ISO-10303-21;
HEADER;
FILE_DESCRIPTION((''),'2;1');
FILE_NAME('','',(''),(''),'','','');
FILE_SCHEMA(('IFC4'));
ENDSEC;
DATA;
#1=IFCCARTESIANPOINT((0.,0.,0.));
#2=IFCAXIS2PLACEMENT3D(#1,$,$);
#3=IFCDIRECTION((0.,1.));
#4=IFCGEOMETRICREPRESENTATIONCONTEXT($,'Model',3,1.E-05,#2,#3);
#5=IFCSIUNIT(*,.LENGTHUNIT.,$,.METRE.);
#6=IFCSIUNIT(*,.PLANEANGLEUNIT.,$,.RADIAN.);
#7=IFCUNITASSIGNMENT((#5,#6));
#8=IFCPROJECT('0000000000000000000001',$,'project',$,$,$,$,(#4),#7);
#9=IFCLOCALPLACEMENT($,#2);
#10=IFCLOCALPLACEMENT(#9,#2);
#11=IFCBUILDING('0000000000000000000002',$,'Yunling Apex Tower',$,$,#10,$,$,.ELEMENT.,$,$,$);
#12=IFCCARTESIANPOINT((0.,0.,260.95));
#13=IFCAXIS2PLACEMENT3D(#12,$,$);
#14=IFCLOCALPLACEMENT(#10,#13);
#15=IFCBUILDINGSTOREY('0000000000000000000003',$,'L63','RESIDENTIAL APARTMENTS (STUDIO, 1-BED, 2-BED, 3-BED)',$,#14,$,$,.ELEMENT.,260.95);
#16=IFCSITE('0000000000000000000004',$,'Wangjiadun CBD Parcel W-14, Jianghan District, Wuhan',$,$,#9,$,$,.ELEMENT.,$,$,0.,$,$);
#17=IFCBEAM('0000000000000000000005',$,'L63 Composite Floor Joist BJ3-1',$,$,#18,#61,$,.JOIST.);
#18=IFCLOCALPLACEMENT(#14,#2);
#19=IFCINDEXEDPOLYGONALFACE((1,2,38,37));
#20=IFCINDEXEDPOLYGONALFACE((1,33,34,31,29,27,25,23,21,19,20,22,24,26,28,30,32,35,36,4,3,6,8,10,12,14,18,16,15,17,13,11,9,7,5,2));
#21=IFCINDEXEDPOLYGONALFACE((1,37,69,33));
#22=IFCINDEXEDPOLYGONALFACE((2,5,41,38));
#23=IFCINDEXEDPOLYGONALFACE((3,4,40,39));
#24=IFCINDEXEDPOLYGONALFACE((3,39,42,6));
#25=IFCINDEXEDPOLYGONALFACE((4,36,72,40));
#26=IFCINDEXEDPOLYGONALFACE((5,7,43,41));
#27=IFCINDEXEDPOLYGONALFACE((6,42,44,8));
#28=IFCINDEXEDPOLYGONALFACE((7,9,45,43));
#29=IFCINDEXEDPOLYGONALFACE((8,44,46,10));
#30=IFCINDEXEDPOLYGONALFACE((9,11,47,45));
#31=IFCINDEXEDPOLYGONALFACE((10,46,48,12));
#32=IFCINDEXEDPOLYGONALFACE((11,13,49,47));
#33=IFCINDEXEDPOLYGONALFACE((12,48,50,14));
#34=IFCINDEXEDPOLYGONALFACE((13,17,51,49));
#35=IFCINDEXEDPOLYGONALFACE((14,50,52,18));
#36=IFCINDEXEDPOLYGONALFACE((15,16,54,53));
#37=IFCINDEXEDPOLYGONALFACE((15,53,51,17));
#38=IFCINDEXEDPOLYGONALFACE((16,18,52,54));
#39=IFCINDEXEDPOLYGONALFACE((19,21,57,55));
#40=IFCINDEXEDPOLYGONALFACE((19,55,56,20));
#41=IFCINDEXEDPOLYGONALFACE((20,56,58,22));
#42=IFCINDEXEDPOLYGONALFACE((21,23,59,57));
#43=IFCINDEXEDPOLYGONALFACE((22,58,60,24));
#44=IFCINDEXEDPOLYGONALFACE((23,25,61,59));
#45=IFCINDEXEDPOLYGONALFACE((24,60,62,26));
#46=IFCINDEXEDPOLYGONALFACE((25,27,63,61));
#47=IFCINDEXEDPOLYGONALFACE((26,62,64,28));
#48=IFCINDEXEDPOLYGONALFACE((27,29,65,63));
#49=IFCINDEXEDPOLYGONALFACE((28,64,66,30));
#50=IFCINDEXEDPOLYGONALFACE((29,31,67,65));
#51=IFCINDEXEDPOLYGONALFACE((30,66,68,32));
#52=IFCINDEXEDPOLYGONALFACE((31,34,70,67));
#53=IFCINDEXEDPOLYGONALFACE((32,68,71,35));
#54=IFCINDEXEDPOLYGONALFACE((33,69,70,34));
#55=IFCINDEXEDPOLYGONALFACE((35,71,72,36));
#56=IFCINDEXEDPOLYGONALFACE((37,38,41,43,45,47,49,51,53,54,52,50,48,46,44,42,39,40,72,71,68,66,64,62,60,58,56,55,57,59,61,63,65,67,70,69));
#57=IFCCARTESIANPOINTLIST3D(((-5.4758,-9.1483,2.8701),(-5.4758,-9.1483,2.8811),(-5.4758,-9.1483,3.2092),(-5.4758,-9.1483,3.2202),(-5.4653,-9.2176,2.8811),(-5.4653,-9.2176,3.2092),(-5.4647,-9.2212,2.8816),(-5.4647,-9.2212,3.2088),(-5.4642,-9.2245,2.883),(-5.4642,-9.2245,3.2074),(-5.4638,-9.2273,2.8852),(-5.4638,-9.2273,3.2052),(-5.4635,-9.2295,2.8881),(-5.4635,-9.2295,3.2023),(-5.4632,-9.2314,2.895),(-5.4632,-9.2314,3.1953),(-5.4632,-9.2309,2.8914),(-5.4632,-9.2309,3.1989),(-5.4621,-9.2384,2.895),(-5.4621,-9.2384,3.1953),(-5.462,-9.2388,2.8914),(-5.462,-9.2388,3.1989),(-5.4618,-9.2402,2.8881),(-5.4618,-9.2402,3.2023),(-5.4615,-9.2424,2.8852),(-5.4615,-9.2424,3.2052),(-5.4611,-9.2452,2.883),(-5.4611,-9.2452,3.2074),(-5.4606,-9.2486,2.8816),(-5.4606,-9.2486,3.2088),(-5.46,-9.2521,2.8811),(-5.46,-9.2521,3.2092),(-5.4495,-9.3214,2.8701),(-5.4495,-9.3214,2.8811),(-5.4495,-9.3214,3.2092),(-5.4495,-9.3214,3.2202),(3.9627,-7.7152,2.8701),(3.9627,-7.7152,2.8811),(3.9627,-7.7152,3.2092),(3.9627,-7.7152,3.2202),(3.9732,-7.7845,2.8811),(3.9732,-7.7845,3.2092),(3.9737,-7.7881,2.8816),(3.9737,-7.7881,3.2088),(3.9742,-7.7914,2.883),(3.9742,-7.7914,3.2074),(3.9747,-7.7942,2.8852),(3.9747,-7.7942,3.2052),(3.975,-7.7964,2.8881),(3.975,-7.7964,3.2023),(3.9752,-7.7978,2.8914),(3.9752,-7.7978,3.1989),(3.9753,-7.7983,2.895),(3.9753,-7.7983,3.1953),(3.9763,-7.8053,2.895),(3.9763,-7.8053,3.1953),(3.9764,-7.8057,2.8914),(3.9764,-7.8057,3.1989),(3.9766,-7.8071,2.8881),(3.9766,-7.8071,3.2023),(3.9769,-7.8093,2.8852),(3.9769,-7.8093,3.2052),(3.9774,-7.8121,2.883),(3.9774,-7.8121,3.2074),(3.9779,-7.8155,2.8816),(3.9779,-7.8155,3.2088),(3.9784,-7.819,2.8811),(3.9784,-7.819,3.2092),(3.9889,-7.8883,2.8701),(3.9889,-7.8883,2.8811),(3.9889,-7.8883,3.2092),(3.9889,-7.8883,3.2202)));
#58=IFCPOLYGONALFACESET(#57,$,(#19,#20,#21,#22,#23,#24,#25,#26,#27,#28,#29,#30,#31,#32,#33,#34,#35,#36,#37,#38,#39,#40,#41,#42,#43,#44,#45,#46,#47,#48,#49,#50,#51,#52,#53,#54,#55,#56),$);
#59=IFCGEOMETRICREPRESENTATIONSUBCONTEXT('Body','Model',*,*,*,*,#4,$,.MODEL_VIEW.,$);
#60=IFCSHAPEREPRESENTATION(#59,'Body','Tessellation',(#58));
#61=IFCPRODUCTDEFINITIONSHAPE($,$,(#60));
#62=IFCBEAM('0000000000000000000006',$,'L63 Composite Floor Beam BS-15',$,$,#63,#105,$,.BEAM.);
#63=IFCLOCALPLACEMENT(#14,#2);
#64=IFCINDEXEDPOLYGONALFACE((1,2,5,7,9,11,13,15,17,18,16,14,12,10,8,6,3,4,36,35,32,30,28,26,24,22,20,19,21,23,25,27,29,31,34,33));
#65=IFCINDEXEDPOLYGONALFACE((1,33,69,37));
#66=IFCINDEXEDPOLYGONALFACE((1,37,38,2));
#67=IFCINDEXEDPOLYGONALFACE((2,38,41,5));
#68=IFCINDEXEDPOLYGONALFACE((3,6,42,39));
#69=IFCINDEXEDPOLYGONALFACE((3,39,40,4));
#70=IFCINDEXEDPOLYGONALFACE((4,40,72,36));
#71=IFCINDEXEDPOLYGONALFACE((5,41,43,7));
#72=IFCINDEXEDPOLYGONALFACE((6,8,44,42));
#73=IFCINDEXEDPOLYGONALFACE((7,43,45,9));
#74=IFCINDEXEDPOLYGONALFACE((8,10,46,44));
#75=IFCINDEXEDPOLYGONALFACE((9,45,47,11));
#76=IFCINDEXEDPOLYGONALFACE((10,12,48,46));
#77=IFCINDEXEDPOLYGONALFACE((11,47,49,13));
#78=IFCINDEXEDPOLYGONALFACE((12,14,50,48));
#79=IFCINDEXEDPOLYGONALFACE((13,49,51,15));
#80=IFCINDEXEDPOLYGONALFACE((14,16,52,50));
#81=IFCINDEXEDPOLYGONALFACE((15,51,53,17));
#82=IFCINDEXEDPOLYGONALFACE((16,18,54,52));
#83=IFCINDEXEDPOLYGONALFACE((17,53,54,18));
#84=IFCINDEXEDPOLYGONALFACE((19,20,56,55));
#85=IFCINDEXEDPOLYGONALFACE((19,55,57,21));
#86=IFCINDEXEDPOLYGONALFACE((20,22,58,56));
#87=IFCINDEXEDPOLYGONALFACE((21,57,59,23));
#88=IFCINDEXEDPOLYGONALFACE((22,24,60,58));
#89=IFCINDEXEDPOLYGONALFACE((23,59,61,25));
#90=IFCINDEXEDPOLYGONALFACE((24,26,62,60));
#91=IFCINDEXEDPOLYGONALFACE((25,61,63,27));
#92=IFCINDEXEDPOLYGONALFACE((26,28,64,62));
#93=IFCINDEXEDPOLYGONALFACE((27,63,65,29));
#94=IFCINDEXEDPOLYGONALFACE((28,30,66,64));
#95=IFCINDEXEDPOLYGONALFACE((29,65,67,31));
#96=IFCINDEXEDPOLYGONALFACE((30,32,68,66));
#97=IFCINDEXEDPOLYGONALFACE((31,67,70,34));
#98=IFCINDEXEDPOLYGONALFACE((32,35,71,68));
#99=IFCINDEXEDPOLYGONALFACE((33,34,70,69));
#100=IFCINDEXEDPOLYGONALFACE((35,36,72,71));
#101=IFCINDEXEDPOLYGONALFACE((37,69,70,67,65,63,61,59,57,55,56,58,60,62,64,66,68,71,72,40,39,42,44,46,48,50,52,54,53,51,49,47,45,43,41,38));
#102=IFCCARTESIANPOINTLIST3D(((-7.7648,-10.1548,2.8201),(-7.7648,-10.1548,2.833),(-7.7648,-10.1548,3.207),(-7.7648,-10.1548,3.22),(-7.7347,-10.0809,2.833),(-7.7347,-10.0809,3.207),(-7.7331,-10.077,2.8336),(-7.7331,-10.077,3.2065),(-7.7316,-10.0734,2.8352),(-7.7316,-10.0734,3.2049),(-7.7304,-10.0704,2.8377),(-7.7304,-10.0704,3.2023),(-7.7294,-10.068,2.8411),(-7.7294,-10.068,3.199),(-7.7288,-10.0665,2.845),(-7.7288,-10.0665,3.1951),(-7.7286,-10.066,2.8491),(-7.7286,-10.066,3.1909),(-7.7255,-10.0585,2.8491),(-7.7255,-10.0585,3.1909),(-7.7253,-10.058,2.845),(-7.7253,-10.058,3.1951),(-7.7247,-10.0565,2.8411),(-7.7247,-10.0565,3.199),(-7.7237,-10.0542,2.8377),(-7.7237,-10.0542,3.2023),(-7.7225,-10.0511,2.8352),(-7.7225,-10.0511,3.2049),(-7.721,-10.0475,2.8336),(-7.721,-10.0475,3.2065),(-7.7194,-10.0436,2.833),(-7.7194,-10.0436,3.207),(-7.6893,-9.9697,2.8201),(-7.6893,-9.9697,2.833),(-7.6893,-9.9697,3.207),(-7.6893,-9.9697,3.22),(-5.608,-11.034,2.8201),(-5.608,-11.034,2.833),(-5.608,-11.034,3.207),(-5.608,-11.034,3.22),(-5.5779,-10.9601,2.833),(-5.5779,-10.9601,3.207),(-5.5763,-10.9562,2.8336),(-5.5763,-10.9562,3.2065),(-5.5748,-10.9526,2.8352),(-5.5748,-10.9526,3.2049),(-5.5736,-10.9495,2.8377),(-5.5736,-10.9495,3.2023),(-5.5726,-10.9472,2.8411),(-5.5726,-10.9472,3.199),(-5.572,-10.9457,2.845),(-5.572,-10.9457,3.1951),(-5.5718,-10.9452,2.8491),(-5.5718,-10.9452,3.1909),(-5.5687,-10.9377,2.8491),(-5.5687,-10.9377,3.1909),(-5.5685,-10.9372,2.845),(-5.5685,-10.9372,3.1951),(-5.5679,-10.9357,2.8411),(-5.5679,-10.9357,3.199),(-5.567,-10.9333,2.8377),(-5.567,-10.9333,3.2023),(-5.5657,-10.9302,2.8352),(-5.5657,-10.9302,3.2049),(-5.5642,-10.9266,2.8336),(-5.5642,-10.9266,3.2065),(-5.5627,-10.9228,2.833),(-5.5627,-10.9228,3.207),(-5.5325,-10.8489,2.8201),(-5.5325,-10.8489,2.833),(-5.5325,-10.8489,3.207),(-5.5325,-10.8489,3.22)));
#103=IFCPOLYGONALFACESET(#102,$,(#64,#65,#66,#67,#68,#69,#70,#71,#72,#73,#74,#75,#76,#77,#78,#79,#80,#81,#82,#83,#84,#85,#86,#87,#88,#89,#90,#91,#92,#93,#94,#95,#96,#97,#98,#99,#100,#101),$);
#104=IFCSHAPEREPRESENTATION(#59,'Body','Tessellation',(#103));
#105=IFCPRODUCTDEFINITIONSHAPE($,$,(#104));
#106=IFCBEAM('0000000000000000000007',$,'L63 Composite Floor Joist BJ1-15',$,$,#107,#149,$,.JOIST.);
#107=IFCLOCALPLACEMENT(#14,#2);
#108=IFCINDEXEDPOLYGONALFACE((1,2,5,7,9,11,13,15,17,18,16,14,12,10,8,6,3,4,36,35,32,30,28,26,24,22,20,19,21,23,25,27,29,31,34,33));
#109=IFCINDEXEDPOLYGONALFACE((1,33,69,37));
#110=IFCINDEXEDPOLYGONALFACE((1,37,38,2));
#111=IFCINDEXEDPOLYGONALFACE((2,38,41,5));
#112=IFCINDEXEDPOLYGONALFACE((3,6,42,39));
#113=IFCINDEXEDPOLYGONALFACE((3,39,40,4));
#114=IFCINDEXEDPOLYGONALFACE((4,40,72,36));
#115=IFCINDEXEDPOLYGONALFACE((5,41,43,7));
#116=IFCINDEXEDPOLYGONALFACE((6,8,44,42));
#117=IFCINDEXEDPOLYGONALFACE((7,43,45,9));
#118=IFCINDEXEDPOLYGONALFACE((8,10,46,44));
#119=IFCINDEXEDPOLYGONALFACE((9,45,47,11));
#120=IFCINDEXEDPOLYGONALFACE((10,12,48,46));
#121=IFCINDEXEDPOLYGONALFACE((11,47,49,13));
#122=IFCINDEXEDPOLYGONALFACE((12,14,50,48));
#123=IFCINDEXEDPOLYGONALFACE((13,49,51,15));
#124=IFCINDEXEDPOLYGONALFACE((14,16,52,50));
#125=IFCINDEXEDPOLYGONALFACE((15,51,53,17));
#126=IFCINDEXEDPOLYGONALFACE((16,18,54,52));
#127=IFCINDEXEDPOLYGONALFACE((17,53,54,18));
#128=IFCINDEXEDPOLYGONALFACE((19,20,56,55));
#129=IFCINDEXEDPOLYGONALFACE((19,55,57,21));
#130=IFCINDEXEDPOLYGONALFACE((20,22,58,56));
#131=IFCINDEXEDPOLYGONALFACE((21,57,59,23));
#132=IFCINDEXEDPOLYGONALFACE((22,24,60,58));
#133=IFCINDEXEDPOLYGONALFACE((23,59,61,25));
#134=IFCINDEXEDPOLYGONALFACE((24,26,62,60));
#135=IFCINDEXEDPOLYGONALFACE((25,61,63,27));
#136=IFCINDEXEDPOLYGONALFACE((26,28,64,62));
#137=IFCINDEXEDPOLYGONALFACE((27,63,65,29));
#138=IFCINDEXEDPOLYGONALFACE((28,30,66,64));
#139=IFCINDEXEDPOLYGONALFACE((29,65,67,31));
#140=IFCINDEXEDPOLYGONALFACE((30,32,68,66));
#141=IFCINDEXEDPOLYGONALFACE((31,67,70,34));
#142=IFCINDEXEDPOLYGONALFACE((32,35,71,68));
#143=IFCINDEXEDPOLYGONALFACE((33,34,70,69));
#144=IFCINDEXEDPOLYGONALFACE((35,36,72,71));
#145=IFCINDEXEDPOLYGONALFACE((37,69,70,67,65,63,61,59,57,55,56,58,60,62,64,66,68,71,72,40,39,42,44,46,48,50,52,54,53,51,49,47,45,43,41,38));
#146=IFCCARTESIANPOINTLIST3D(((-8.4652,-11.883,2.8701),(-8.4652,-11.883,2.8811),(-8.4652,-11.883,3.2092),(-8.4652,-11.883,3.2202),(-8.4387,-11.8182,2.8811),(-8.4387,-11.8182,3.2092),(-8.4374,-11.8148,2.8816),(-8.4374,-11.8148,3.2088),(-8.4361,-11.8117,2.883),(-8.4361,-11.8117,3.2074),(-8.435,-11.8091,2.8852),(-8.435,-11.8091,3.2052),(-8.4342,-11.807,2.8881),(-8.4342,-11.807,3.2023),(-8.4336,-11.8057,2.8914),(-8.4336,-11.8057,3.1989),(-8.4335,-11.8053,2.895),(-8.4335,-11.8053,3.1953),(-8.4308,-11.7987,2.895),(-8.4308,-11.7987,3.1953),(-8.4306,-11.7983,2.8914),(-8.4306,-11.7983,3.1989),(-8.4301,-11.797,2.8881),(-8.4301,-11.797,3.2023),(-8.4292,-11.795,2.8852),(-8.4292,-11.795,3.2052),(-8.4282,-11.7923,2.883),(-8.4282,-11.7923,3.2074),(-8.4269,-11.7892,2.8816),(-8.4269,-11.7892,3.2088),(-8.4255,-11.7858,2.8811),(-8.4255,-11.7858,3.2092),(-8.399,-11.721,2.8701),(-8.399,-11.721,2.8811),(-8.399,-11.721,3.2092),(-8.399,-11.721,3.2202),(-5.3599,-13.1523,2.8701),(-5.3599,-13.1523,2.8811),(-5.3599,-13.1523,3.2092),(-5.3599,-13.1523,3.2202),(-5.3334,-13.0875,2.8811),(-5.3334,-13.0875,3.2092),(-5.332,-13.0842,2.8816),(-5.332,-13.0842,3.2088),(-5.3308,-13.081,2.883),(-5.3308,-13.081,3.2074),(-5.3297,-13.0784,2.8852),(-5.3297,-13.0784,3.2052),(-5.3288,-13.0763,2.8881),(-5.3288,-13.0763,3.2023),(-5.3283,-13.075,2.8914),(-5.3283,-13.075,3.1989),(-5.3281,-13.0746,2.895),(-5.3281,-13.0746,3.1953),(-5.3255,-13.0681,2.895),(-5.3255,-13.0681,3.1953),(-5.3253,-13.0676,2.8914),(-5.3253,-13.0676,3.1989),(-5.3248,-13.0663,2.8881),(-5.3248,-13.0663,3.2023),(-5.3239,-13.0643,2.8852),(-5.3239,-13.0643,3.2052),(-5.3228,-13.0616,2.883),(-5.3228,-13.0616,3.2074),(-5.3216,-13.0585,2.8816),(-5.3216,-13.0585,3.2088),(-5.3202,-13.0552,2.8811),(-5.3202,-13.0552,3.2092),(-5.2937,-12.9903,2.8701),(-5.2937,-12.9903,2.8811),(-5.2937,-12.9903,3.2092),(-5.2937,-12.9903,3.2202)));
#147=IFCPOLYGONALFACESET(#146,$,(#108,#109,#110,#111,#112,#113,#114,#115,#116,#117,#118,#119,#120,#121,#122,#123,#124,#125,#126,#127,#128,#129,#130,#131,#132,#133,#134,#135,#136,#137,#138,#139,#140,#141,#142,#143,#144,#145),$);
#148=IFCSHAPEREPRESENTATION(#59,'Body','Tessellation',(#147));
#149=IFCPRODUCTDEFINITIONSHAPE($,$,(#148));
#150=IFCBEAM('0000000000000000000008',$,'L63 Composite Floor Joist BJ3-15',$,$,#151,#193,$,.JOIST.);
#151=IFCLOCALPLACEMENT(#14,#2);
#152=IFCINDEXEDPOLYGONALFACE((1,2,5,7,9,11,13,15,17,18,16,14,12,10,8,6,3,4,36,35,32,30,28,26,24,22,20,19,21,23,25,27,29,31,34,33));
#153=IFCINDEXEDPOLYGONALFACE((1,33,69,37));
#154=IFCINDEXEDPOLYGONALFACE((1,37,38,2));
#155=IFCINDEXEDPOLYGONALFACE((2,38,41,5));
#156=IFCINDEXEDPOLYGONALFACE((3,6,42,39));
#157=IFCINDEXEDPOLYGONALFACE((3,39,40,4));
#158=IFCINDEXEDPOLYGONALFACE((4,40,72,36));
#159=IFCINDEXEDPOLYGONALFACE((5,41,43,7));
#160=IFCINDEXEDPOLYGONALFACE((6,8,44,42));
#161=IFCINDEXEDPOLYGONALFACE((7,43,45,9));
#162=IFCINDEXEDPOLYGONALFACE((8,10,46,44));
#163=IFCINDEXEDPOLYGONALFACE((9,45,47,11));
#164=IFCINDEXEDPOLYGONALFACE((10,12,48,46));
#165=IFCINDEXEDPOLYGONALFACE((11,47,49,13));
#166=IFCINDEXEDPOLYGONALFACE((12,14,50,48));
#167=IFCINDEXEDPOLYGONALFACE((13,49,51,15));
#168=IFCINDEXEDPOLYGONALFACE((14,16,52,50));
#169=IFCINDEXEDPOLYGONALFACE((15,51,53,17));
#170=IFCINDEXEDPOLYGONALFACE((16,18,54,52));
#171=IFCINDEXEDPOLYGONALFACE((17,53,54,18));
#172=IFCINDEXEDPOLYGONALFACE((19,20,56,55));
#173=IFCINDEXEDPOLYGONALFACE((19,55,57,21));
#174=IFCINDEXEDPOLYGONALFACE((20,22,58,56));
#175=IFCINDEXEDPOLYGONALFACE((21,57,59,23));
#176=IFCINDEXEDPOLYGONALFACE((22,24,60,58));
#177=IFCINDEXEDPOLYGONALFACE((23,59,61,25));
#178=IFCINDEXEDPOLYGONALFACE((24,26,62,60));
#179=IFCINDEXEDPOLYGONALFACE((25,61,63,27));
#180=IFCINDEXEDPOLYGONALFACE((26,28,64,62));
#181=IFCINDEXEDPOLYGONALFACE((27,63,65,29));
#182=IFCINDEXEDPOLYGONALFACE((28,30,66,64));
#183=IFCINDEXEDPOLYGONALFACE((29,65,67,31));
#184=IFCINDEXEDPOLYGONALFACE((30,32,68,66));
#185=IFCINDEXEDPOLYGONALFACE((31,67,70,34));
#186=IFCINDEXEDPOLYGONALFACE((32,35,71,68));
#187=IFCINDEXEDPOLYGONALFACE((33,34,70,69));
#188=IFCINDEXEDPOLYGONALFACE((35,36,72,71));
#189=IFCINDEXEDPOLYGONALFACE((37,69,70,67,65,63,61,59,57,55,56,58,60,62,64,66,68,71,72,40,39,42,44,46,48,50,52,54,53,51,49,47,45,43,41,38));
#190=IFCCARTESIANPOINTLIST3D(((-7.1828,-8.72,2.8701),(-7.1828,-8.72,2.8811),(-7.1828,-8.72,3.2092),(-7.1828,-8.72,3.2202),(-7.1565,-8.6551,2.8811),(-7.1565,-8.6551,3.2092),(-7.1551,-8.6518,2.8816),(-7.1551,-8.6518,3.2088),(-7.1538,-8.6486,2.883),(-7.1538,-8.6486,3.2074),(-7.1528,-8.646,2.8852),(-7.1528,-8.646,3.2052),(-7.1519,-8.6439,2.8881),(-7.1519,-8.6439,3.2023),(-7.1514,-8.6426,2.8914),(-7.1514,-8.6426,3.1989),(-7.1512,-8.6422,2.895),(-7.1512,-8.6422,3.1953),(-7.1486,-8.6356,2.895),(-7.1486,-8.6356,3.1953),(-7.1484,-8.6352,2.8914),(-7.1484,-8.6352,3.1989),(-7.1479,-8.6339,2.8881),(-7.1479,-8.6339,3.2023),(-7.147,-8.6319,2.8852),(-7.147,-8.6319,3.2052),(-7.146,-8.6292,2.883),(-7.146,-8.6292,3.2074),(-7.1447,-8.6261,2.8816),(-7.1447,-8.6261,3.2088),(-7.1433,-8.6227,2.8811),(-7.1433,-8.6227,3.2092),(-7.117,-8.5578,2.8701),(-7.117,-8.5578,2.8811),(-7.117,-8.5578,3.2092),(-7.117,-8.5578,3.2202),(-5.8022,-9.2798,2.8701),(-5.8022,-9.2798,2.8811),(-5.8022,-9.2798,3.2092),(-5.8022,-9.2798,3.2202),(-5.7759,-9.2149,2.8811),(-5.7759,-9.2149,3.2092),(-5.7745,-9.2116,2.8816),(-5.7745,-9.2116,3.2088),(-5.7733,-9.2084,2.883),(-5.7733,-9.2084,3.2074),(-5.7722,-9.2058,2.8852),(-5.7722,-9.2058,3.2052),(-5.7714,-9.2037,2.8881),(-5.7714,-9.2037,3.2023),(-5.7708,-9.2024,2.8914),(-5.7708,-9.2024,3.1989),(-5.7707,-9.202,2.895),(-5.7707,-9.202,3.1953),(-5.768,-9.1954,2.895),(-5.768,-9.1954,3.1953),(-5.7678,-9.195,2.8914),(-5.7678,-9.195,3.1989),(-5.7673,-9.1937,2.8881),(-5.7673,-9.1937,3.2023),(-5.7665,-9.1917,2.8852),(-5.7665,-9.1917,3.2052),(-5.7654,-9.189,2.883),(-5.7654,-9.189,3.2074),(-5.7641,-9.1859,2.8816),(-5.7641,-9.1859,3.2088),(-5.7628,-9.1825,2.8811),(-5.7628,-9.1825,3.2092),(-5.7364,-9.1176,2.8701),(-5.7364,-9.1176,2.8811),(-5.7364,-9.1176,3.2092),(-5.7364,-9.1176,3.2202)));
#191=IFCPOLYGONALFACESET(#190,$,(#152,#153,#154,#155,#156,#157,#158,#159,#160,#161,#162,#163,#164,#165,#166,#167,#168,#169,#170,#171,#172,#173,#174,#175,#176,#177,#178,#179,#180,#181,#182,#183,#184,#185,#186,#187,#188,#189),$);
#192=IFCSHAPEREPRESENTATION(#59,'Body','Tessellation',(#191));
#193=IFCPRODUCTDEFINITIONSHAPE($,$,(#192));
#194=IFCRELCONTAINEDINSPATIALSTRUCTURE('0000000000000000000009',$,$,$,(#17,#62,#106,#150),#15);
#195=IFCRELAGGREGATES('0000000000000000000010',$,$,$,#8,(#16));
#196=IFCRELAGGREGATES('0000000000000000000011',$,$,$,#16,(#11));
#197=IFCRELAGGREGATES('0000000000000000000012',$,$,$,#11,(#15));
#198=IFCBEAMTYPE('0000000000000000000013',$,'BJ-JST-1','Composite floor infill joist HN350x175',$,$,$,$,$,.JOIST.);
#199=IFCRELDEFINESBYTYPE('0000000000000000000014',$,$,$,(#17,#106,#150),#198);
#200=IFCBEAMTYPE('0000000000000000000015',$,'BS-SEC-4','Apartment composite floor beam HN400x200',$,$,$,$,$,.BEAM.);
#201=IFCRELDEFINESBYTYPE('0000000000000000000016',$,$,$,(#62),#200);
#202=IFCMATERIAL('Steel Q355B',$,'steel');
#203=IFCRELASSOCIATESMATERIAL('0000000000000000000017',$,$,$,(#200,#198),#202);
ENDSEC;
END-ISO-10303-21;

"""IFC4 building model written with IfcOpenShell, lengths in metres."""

from ifc_helpers import new_model, si_unit, direction, frame, origin, origin_2d, place, context, subcontext, project, spatial, i_section, extrude, source, transform, mapped, material, material_profile, profile_set, type_object, element, save


model = new_model("IFC4")

# Units and contexts
model_context = context("Model", 3, precision=1e-05, world=origin(), true_north=direction((0.0, 1.0)))
body_context = subcontext(model_context, "Body", "Model", "MODEL_VIEW")
ifc_project = project(units=[si_unit("LENGTHUNIT", "METRE"), si_unit("PLANEANGLEUNIT", "RADIAN")], contexts=[model_context])

# Site, building, storey
site_placement = place(None, origin())
site = spatial("IfcSite", under=ifc_project, at=site_placement, Name="Wangjiadun CBD Parcel W-14, Jianghan District, Wuhan", CompositionType="ELEMENT", RefElevation=0.0)
building_placement = place(site_placement, origin())
building = spatial("IfcBuilding", under=site, at=building_placement, Name="Yunling Apex Tower", CompositionType="ELEMENT")
storey_placement = place(building_placement, frame((0.0, 0.0, 260.95)))
storey = spatial("IfcBuildingStorey", under=building, at=storey_placement, Name="L63", Description="RESIDENTIAL APARTMENTS (STUDIO, 1-BED, 2-BED, 3-BED)", CompositionType="ELEMENT", Elevation=260.95)

# Shared definitions
ifc_material_1 = material(Name="Steel Q355B", Category="steel")

# Beams
ifc_material_profile_1 = material_profile(ifc_material_1, i_section(OverallWidth=0.2, OverallDepth=0.3999, WebThickness=0.0081, FlangeThickness=0.0129, FilletRadius=0.0161, at=origin_2d()))
ifc_profile_set_1 = profile_set([ifc_material_profile_1], Name="Steel Q355B")
beam_type_1 = type_object("IfcBeamType", Name="BS-SEC-4", Description="Apartment composite floor beam HN400x200", PredefinedType="BEAM", material=ifc_profile_set_1)
ifc_material_profile_2 = material_profile(ifc_material_1, i_section(OverallWidth=0.175, OverallDepth=0.3501, WebThickness=0.0071, FlangeThickness=0.011, FilletRadius=0.0139, at=origin_2d()))
ifc_profile_set_2 = profile_set([ifc_material_profile_2], Name="Steel Q355B")
beam_type_2 = type_object("IfcBeamType", Name="BJ-JST-1", Description="Composite floor infill joist HN350x175", PredefinedType="JOIST", material=ifc_profile_set_2)
shared_shape_1 = source(origin(), body_context, "Body", "SweptSolid", [
    extrude(i_section(OverallWidth=0.175, OverallDepth=0.3501, WebThickness=0.0071, FlangeThickness=0.011, FilletRadius=0.0139, at=origin_2d()), origin(), (0.0, 0.0, 1.0), 9.5466),
])
beam_1_placement = place(storey_placement, frame((-5.4626, -9.2349, 3.0452), z_axis=(0.988668, 0.150116, 0.0), x_axis=(-0.150116, 0.988668, 0.0)))
element("IfcBeam", 1, at=beam_1_placement, inside=storey, type_object=beam_type_2, Name="L63 Composite Floor Joist BJ3-1", PredefinedType="JOIST", context=body_context, shape_type="MappedRepresentation", body=[
    mapped(shared_shape_1, transform((0.0, 0.0, 0.0), scale=1.0)),
])
shared_shape_2 = source(origin(), body_context, "Body", "SweptSolid", [
    extrude(i_section(OverallWidth=0.2, OverallDepth=0.3999, WebThickness=0.0081, FlangeThickness=0.0129, FilletRadius=0.0161, at=origin_2d()), origin(), (0.0, 0.0, 1.0), 2.3291),
])
beam_2_placement = place(storey_placement, frame((-7.7271, -10.0623, 3.02), z_axis=(0.92602, -0.377473, 0.0), x_axis=(0.377473, 0.92602, 0.0)))
element("IfcBeam", 2, at=beam_2_placement, inside=storey, type_object=beam_type_1, Name="L63 Composite Floor Beam BS-15", PredefinedType="BEAM", context=body_context, shape_type="MappedRepresentation", body=[
    mapped(shared_shape_2, transform((0.0, 0.0, 0.0), scale=1.0)),
])
shared_shape_3 = source(origin(), body_context, "Body", "SweptSolid", [
    extrude(i_section(OverallWidth=0.175, OverallDepth=0.3501, WebThickness=0.0071, FlangeThickness=0.011, FilletRadius=0.0139, at=origin_2d()), origin(), (0.0, 0.0, 1.0), 3.3547),
])
beam_3_placement = place(storey_placement, frame((-8.4321, -11.802, 3.0452), z_axis=(0.925655, -0.378369, 0.0), x_axis=(0.378369, 0.925655, 0.0)))
element("IfcBeam", 3, at=beam_3_placement, inside=storey, type_object=beam_type_2, Name="L63 Composite Floor Joist BJ1-15", PredefinedType="JOIST", context=body_context, shape_type="MappedRepresentation", body=[
    mapped(shared_shape_3, transform((0.0, 0.0, 0.0), scale=1.0)),
])
shared_shape_4 = source(origin(), body_context, "Body", "SweptSolid", [
    extrude(i_section(OverallWidth=0.175, OverallDepth=0.3501, WebThickness=0.0071, FlangeThickness=0.011, FilletRadius=0.0139, at=origin_2d()), origin(), (0.0, 0.0, 1.0), 1.4897),
])
beam_4_placement = place(storey_placement, frame((-7.1499, -8.6389, 3.0452), z_axis=(0.926715, -0.375766, 0.0), x_axis=(0.375766, 0.926715, 0.0)))
element("IfcBeam", 4, at=beam_4_placement, inside=storey, type_object=beam_type_2, Name="L63 Composite Floor Joist BJ3-15", PredefinedType="JOIST", context=body_context, shape_type="MappedRepresentation", body=[
    mapped(shared_shape_4, transform((0.0, 0.0, 0.0), scale=1.0)),
])

save(model, "model.ifc")
